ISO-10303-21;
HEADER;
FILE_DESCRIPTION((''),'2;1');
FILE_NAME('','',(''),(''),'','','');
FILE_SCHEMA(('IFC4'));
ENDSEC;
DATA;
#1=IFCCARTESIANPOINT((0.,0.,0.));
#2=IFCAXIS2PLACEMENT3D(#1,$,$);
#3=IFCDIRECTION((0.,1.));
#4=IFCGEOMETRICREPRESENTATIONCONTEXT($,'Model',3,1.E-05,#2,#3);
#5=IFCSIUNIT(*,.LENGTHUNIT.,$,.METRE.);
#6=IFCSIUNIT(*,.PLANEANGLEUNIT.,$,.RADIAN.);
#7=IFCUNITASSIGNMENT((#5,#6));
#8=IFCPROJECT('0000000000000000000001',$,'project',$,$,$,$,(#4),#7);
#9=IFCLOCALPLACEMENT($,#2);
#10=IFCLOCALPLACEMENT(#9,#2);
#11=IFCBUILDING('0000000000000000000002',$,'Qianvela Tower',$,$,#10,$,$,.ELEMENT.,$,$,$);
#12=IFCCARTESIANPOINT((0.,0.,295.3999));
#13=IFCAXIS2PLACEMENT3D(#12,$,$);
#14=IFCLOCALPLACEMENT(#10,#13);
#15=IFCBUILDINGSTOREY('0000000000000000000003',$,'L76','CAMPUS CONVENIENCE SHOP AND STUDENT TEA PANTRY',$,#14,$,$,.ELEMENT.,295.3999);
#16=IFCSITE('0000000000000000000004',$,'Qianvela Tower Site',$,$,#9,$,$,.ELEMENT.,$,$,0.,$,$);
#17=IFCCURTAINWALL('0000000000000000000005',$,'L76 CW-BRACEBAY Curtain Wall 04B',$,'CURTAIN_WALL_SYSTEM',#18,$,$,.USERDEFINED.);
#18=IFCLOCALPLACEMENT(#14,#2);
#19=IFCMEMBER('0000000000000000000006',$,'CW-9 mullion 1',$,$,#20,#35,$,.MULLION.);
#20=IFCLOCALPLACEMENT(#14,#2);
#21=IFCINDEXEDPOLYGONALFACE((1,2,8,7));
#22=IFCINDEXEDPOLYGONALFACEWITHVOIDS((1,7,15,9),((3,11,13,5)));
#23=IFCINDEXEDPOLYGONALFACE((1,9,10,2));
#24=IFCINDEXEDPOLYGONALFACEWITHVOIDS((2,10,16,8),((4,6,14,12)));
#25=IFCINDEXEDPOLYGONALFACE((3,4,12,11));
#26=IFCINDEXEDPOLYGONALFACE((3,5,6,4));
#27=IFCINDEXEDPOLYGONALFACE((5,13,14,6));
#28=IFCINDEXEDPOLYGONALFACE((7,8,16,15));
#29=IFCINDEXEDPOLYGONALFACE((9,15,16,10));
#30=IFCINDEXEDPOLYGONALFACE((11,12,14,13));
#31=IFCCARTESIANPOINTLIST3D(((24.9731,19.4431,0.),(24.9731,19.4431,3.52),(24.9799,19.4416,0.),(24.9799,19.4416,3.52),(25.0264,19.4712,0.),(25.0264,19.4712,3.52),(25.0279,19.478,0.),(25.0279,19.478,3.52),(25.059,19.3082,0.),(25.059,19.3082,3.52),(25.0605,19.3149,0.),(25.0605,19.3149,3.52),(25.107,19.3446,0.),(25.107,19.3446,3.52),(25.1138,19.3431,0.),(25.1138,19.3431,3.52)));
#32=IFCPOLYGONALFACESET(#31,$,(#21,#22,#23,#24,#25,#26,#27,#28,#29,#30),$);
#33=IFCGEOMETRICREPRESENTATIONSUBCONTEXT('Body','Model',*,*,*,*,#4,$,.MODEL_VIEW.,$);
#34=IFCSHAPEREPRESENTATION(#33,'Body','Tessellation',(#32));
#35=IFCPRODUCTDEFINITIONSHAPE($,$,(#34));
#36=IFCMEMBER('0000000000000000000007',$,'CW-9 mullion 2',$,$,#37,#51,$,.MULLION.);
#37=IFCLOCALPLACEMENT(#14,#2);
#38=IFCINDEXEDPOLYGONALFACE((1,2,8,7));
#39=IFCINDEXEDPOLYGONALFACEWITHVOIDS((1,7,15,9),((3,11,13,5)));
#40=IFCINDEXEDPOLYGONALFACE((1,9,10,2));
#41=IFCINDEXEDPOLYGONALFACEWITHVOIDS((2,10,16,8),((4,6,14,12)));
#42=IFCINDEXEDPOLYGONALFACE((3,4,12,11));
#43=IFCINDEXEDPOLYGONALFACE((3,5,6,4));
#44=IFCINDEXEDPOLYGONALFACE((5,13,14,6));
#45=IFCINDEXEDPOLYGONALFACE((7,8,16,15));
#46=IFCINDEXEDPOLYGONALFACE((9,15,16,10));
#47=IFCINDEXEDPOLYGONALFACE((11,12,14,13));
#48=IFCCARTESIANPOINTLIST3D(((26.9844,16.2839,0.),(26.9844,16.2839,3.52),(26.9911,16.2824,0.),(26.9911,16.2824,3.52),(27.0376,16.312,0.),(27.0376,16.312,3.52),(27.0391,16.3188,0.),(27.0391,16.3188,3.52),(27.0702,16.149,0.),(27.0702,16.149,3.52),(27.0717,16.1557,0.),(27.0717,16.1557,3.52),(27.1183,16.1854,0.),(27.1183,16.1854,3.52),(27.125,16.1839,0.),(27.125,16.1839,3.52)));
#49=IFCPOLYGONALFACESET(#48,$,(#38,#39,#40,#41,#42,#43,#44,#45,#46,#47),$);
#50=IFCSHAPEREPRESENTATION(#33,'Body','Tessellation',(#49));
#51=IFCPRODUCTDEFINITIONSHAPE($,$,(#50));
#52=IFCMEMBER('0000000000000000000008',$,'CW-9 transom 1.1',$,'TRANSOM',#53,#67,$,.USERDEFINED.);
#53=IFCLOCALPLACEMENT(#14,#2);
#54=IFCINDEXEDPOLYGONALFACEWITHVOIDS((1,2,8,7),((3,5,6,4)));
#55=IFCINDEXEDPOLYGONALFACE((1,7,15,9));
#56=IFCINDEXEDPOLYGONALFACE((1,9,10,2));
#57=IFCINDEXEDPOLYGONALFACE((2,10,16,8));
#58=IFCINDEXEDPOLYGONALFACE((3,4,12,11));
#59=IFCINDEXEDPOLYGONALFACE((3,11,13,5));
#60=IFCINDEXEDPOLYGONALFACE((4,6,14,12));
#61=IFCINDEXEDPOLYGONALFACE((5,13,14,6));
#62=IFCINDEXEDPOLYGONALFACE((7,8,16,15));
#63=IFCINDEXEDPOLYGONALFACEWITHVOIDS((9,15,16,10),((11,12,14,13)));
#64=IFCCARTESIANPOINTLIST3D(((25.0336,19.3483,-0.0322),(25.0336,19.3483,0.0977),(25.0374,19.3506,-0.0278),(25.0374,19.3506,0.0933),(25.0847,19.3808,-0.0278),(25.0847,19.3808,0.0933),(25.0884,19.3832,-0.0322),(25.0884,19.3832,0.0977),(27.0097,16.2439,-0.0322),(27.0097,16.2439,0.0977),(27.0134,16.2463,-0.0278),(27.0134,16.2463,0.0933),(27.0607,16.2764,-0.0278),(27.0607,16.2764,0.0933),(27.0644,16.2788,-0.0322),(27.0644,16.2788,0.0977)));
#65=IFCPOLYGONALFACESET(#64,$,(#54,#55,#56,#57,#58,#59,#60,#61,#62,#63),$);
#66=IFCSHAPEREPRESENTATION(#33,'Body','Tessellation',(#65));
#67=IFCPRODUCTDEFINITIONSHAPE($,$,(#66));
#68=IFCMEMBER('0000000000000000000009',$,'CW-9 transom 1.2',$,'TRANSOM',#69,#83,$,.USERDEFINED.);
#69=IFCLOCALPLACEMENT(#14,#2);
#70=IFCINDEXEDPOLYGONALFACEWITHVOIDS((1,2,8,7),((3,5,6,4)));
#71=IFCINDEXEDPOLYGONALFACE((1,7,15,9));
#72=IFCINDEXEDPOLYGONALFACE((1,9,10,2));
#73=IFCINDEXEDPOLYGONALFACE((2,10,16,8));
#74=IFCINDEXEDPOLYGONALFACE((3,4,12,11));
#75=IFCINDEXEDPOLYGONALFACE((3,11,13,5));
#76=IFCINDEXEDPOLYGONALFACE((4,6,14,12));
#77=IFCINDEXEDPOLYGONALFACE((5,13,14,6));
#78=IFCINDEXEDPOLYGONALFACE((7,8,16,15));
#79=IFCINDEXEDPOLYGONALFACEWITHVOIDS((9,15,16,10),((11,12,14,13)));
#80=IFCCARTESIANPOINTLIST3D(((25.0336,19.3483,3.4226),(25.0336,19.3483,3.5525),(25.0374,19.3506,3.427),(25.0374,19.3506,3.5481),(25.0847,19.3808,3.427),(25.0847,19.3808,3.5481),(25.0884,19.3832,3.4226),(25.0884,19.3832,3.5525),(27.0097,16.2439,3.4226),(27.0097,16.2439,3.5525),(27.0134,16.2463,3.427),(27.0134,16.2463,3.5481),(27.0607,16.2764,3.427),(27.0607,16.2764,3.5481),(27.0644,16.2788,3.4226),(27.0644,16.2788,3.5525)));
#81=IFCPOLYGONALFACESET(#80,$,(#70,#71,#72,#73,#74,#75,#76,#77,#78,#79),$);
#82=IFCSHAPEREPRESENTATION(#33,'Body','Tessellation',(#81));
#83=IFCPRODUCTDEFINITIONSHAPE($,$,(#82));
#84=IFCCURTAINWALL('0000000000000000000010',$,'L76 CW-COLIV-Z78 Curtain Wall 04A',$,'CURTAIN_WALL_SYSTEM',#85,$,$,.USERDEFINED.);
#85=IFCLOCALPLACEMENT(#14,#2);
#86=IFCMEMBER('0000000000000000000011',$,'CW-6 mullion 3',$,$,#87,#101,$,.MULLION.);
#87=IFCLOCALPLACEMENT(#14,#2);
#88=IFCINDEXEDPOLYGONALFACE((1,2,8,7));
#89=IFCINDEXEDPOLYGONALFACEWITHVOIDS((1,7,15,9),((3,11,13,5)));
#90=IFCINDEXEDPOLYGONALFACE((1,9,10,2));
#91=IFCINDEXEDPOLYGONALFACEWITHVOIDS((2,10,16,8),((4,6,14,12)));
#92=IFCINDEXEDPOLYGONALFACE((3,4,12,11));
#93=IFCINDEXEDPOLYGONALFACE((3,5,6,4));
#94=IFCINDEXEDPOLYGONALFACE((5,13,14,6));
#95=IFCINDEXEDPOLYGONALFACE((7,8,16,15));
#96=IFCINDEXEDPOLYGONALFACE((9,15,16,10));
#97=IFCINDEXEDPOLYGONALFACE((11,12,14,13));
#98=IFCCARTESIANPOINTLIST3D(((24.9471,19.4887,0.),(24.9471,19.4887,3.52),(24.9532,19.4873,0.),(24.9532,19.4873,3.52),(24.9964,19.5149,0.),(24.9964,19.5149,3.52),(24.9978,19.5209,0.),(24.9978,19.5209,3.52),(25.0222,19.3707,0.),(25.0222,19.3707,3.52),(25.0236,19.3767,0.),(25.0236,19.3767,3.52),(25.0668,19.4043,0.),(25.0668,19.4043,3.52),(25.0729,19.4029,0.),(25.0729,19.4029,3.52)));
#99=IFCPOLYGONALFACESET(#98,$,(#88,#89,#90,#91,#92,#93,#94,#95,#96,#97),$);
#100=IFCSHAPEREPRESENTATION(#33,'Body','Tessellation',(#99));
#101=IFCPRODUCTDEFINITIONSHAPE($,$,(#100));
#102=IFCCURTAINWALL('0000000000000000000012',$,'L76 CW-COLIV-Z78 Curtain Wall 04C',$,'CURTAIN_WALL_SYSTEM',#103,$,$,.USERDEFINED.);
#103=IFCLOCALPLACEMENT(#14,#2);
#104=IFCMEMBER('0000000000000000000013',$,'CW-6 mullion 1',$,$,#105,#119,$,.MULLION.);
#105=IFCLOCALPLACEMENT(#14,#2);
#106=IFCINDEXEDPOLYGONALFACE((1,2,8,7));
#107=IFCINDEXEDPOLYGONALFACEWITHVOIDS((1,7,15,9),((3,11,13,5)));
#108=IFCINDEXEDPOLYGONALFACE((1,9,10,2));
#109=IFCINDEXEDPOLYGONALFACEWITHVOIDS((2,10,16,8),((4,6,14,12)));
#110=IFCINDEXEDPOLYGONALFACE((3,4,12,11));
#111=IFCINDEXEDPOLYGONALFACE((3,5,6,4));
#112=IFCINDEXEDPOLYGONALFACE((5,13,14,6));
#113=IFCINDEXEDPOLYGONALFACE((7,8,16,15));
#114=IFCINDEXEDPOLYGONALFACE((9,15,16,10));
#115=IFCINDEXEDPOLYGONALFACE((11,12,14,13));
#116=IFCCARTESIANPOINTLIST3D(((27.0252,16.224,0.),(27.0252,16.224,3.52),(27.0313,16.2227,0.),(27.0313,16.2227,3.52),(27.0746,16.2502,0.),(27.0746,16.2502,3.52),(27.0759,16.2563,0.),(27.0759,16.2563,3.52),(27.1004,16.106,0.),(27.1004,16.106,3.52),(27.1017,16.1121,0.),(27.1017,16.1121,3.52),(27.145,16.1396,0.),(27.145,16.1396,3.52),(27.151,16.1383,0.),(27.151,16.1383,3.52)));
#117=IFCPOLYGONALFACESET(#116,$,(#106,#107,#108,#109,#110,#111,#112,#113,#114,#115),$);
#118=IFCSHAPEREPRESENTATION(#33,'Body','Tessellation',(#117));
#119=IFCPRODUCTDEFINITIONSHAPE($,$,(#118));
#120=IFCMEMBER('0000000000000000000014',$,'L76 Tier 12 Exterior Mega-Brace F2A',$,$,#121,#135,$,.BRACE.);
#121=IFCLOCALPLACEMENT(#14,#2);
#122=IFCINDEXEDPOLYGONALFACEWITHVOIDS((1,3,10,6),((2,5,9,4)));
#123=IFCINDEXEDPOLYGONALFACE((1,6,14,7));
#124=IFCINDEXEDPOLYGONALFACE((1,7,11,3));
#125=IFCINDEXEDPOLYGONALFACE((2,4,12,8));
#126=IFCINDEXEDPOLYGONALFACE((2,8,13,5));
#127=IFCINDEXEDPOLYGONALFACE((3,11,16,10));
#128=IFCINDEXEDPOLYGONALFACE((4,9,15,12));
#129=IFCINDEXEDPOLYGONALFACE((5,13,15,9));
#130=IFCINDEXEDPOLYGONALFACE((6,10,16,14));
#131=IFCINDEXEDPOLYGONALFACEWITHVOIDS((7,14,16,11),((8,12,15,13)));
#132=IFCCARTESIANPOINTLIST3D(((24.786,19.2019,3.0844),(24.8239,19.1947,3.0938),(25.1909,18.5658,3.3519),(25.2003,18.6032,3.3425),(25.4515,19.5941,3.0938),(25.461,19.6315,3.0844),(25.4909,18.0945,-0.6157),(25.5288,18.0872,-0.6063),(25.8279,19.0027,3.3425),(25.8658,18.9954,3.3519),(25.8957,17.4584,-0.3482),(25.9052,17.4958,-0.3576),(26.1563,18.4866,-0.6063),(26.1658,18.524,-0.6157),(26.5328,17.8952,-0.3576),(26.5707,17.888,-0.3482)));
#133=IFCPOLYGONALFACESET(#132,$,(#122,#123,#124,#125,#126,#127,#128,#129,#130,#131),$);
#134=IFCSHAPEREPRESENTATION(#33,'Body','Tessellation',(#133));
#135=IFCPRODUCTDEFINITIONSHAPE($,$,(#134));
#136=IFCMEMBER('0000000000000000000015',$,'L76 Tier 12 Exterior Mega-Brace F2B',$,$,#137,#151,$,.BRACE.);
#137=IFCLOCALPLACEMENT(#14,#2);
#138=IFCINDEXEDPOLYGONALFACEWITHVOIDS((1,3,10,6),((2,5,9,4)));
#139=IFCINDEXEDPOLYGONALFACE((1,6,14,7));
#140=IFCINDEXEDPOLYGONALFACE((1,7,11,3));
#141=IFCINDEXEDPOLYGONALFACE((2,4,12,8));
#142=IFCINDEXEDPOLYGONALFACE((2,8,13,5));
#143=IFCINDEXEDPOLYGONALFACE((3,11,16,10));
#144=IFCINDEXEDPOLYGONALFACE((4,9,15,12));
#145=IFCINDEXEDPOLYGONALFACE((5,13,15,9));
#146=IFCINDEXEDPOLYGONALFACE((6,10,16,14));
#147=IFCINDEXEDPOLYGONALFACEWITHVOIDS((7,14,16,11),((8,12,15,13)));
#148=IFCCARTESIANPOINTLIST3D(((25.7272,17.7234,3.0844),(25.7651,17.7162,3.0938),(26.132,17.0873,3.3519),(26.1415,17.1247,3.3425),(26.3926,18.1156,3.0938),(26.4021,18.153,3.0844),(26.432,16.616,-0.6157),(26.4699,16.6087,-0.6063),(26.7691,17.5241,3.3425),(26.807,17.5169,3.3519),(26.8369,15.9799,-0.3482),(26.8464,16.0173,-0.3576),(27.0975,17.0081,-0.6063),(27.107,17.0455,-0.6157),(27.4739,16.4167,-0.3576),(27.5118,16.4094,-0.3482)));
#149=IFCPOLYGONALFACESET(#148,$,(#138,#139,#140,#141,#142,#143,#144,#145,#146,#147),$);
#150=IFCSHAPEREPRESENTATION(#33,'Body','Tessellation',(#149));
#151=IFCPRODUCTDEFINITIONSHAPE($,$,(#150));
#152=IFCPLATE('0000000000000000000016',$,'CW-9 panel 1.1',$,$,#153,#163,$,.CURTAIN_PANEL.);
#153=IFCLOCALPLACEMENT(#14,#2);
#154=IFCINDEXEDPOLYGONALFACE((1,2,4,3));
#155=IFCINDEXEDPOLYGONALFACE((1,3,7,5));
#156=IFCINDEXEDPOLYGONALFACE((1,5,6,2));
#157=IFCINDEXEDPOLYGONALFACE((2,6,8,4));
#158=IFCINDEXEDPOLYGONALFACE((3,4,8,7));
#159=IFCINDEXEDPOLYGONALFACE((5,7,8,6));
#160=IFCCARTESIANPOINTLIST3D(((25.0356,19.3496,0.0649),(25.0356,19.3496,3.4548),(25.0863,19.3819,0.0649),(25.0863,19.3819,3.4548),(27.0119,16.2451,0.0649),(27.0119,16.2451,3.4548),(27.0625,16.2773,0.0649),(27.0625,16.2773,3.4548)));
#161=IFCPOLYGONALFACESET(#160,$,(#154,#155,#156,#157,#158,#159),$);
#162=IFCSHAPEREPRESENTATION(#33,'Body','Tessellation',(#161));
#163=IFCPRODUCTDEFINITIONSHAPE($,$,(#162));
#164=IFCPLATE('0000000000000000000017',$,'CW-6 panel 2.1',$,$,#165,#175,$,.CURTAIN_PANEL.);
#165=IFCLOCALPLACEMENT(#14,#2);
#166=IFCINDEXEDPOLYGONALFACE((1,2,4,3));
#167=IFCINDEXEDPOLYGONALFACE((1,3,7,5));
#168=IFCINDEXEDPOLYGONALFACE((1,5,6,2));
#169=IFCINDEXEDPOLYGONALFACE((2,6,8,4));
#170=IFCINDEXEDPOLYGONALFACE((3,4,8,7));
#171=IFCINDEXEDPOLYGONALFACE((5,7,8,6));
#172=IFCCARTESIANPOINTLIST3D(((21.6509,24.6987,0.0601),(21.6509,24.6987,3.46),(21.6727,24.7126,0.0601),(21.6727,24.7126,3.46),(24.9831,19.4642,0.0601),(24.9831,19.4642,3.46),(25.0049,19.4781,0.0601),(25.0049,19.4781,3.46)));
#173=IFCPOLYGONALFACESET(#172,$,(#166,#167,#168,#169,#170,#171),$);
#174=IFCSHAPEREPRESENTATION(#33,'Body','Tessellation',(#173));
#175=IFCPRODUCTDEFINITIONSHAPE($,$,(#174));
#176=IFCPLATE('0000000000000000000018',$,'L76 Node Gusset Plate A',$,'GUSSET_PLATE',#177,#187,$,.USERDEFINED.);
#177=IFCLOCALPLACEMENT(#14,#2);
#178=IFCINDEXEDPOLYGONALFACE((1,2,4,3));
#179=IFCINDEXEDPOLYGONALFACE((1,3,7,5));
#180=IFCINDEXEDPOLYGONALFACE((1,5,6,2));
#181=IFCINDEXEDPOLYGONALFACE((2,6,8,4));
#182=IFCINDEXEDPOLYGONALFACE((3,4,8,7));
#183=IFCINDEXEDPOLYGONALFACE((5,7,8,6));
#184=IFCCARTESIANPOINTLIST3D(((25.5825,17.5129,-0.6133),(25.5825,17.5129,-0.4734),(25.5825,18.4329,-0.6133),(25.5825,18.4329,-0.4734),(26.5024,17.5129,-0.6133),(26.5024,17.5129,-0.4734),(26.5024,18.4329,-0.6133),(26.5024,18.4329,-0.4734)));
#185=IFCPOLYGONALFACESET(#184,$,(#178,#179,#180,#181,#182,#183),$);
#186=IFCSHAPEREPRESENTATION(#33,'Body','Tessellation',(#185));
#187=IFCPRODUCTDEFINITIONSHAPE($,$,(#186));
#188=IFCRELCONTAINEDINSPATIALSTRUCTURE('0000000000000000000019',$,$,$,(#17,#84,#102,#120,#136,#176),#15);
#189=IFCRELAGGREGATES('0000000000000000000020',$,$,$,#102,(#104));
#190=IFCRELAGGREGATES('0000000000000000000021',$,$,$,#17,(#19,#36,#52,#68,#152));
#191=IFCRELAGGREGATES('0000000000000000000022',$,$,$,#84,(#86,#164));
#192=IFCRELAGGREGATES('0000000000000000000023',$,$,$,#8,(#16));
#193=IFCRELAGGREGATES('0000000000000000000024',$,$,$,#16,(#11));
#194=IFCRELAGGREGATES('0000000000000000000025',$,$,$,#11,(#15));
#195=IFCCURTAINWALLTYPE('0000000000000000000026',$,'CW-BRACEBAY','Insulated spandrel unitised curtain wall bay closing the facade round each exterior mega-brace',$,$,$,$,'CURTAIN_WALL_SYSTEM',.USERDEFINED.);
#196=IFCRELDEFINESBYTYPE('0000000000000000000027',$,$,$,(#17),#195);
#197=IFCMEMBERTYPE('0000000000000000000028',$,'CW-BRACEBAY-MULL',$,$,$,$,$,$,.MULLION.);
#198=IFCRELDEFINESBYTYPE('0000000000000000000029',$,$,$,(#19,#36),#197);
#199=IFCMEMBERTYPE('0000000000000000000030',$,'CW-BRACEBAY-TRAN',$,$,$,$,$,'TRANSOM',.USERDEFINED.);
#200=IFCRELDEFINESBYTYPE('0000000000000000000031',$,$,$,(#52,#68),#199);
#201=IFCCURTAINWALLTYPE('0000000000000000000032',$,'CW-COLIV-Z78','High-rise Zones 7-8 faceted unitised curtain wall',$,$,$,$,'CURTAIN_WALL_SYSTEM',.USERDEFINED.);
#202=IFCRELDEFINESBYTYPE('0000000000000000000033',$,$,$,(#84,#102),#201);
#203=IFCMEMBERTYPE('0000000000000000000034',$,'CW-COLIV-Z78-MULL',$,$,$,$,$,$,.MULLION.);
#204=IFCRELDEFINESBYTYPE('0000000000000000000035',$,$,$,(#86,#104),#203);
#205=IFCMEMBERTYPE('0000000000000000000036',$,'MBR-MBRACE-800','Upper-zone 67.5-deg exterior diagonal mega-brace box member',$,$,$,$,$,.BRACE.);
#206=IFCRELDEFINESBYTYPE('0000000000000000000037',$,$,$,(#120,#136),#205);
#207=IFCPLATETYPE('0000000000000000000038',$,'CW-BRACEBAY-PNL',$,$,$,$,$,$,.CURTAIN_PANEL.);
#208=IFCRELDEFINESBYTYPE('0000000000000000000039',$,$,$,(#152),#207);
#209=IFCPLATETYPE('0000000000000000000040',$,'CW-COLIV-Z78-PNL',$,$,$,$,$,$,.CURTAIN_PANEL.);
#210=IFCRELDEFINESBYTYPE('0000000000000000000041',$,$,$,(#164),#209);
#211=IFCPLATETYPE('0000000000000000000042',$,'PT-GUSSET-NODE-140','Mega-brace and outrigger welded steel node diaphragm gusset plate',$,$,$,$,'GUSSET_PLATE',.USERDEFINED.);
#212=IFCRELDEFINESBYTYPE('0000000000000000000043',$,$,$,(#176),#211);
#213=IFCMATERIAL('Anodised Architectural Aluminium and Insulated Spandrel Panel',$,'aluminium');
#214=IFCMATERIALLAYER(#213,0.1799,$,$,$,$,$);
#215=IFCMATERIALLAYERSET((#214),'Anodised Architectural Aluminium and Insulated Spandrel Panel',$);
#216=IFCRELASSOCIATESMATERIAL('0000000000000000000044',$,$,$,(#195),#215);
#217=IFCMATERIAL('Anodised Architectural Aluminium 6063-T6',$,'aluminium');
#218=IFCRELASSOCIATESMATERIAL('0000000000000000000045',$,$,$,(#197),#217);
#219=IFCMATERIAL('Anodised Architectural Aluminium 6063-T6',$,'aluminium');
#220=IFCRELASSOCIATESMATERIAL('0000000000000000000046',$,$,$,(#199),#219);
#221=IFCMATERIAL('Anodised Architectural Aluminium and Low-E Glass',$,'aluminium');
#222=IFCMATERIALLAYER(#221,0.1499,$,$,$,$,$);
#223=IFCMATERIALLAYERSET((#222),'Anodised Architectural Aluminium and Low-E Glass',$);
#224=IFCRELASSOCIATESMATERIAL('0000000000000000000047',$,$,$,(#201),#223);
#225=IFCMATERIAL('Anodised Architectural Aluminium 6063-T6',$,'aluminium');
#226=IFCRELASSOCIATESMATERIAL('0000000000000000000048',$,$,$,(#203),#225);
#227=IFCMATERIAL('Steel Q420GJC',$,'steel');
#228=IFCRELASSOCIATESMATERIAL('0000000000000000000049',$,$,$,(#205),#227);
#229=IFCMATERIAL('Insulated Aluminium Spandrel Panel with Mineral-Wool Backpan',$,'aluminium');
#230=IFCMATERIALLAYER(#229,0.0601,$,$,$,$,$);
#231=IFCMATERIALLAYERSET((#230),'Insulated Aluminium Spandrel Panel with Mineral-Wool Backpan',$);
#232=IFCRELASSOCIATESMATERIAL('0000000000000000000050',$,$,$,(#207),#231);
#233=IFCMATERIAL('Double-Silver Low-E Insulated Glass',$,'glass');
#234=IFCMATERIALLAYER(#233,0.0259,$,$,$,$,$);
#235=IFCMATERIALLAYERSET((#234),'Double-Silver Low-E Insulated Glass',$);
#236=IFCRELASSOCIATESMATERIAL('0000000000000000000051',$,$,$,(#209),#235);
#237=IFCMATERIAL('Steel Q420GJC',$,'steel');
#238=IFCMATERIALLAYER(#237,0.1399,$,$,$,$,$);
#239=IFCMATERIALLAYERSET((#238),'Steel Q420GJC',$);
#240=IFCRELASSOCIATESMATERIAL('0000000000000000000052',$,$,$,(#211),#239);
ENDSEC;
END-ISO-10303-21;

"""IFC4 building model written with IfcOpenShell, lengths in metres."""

from ifc_helpers import new_model, si_unit, direction, frame, origin, origin_2d, place, context, subcontext, project, spatial, rectangle, hollow_rectangle, extrude, material, layer, layer_set, material_profile, profile_set, type_object, element, aggregate, save


model = new_model("IFC4")

# Units and contexts
model_context = context("Model", 3, precision=1e-05, world=origin(), true_north=direction((0.0, 1.0)))
body_context = subcontext(model_context, "Body", "Model", "MODEL_VIEW")
ifc_project = project(units=[si_unit("LENGTHUNIT", "METRE"), si_unit("PLANEANGLEUNIT", "RADIAN")], contexts=[model_context])

# Site, building, storey
site_placement = place(None, origin())
site = spatial("IfcSite", under=ifc_project, at=site_placement, Name="Qianvela Tower Site", CompositionType="ELEMENT", RefElevation=0.0)
building_placement = place(site_placement, origin())
building = spatial("IfcBuilding", under=site, at=building_placement, Name="Qianvela Tower", CompositionType="ELEMENT")
storey_placement = place(building_placement, frame((0.0, 0.0, 295.3999)))
storey = spatial("IfcBuildingStorey", under=building, at=storey_placement, Name="L76", Description="CAMPUS CONVENIENCE SHOP AND STUDENT TEA PANTRY", CompositionType="ELEMENT", Elevation=295.3999)

# Curtain wall, members
ifc_material_1 = material(Name="Anodised Architectural Aluminium and Insulated Spandrel Panel", Category="aluminium")
ifc_layer_1 = layer(ifc_material_1, 0.1799)
ifc_layer_set_1 = layer_set([ifc_layer_1], Name="Anodised Architectural Aluminium and Insulated Spandrel Panel")
curtain_wall_type_1 = type_object("IfcCurtainWallType", Name="CW-BRACEBAY", Description="Insulated spandrel unitised curtain wall bay closing the facade round each exterior mega-brace", ElementType="CURTAIN_WALL_SYSTEM", PredefinedType="USERDEFINED", material=ifc_layer_set_1)
curtain_wall_1_placement = place(storey_placement, origin())
curtain_wall_1 = element("IfcCurtainWall", 1, at=curtain_wall_1_placement, inside=storey, type_object=curtain_wall_type_1, Name="L76 CW-BRACEBAY Curtain Wall 04B", ObjectType="CURTAIN_WALL_SYSTEM", PredefinedType="USERDEFINED")
ifc_material_2 = material(Name="Anodised Architectural Aluminium 6063-T6", Category="aluminium")
ifc_material_profile_1 = material_profile(ifc_material_2, hollow_rectangle(XDim=0.0649, YDim=0.1599, WallThickness=0.0049, at=origin_2d()), Name="ALU-MULL-65x160")
ifc_profile_set_1 = profile_set([ifc_material_profile_1], Name="Anodised Architectural Aluminium 6063-T6")
member_type_1 = type_object("IfcMemberType", Name="CW-BRACEBAY-MULL", PredefinedType="MULLION", material=ifc_profile_set_1)
member_1_placement = place(storey_placement, frame((25.0435, 19.3931, 0.0), z_axis=(0.0, 0.0, 1.0), x_axis=(0.843583, 0.536999, 0.0)))
member_1 = element("IfcMember", 2, at=member_1_placement, type_object=member_type_1, Name="CW-9 mullion 1", PredefinedType="MULLION", context=body_context, shape_type="SweptSolid", body=[
    extrude(hollow_rectangle(XDim=0.0649, YDim=0.1599, WallThickness=0.0049, at=origin_2d()), origin(), (0.0, 0.0, 1.0), 3.52),
])
member_2_placement = place(storey_placement, frame((27.0547, 16.2339, 0.0), z_axis=(0.0, 0.0, 1.0), x_axis=(0.843583, 0.536999, 0.0)))
member_2 = element("IfcMember", 3, at=member_2_placement, type_object=member_type_1, Name="CW-9 mullion 2", PredefinedType="MULLION", context=body_context, shape_type="SweptSolid", body=[
    extrude(hollow_rectangle(XDim=0.0649, YDim=0.1599, WallThickness=0.0049, at=origin_2d()), origin(), (0.0, 0.0, 1.0), 3.52),
])
ifc_material_3 = material(Name="Anodised Architectural Aluminium 6063-T6", Category="aluminium")
ifc_material_profile_2 = material_profile(ifc_material_3, hollow_rectangle(XDim=0.0649, YDim=0.1299, WallThickness=0.0044, at=origin_2d()), Name="ALU-TRAN-65x130")
ifc_profile_set_2 = profile_set([ifc_material_profile_2], Name="Anodised Architectural Aluminium 6063-T6")
member_type_2 = type_object("IfcMemberType", Name="CW-BRACEBAY-TRAN", ElementType="TRANSOM", PredefinedType="USERDEFINED", material=ifc_profile_set_2)
member_3_placement = place(storey_placement, frame((25.061, 19.3657, 0.0327), z_axis=(0.53697, -0.843601, 0.0), x_axis=(0.843601, 0.53697, 0.0)))
member_3 = element("IfcMember", 4, at=member_3_placement, type_object=member_type_2, Name="CW-9 transom 1.1", ObjectType="TRANSOM", PredefinedType="USERDEFINED", context=body_context, shape_type="SweptSolid", body=[
    extrude(hollow_rectangle(XDim=0.0649, YDim=0.1299, WallThickness=0.0044, at=origin_2d()), origin(), (0.0, 0.0, 1.0), 3.6799),
])
member_4_placement = place(storey_placement, frame((25.061, 19.3657, 3.4875), z_axis=(0.53697, -0.843601, 0.0), x_axis=(0.843601, 0.53697, 0.0)))
member_4 = element("IfcMember", 5, at=member_4_placement, type_object=member_type_2, Name="CW-9 transom 1.2", ObjectType="TRANSOM", PredefinedType="USERDEFINED", context=body_context, shape_type="SweptSolid", body=[
    extrude(hollow_rectangle(XDim=0.0649, YDim=0.1299, WallThickness=0.0044, at=origin_2d()), origin(), (0.0, 0.0, 1.0), 3.6799),
])

# Curtain walls, members
ifc_material_4 = material(Name="Anodised Architectural Aluminium and Low-E Glass", Category="aluminium")
ifc_layer_2 = layer(ifc_material_4, 0.1499)
ifc_layer_set_2 = layer_set([ifc_layer_2], Name="Anodised Architectural Aluminium and Low-E Glass")
curtain_wall_type_2 = type_object("IfcCurtainWallType", Name="CW-COLIV-Z78", Description="High-rise Zones 7-8 faceted unitised curtain wall", ElementType="CURTAIN_WALL_SYSTEM", PredefinedType="USERDEFINED", material=ifc_layer_set_2)
curtain_wall_2_placement = place(storey_placement, origin())
curtain_wall_2 = element("IfcCurtainWall", 6, at=curtain_wall_2_placement, inside=storey, type_object=curtain_wall_type_2, Name="L76 CW-COLIV-Z78 Curtain Wall 04A", ObjectType="CURTAIN_WALL_SYSTEM", PredefinedType="USERDEFINED")
ifc_material_5 = material(Name="Anodised Architectural Aluminium 6063-T6", Category="aluminium")
ifc_material_profile_3 = material_profile(ifc_material_5, hollow_rectangle(XDim=0.0601, YDim=0.1399, WallThickness=0.0044, at=origin_2d()), Name="ALU-MULL-60x140")
ifc_profile_set_3 = profile_set([ifc_material_profile_3], Name="Anodised Architectural Aluminium 6063-T6")
member_type_3 = type_object("IfcMemberType", Name="CW-COLIV-Z78-MULL", PredefinedType="MULLION", material=ifc_profile_set_3)
member_5_placement = place(storey_placement, frame((25.01, 19.4458, 0.0), z_axis=(0.0, 0.0, 1.0), x_axis=(0.843577, 0.537008, 0.0)))
member_5 = element("IfcMember", 7, at=member_5_placement, type_object=member_type_3, Name="CW-6 mullion 3", PredefinedType="MULLION", context=body_context, shape_type="SweptSolid", body=[
    extrude(hollow_rectangle(XDim=0.0601, YDim=0.1399, WallThickness=0.0044, at=origin_2d()), origin(), (0.0, 0.0, 1.0), 3.52),
])
curtain_wall_3_placement = place(storey_placement, origin())
curtain_wall_3 = element("IfcCurtainWall", 8, at=curtain_wall_3_placement, inside=storey, type_object=curtain_wall_type_2, Name="L76 CW-COLIV-Z78 Curtain Wall 04C", ObjectType="CURTAIN_WALL_SYSTEM", PredefinedType="USERDEFINED")
member_6_placement = place(storey_placement, frame((27.0881, 16.1812, 0.0), z_axis=(0.0, 0.0, 1.0), x_axis=(0.84358, 0.537003, 0.0)))
member_6 = element("IfcMember", 9, at=member_6_placement, type_object=member_type_3, Name="CW-6 mullion 1", PredefinedType="MULLION", context=body_context, shape_type="SweptSolid", body=[
    extrude(hollow_rectangle(XDim=0.0601, YDim=0.1399, WallThickness=0.0044, at=origin_2d()), origin(), (0.0, 0.0, 1.0), 3.52),
])
aggregate(curtain_wall_3, [member_6])

# Members
ifc_material_6 = material(Name="Steel Q420GJC", Category="steel")
ifc_material_profile_4 = material_profile(ifc_material_6, hollow_rectangle(XDim=0.8, YDim=0.8, WallThickness=0.0281, at=origin_2d()), Name="MBOX-800x800x28")
ifc_profile_set_4 = profile_set([ifc_material_profile_4], Name="Steel Q420GJC")
member_type_4 = type_object("IfcMemberType", Name="MBR-MBRACE-800", Description="Upper-zone 67.5-deg exterior diagonal mega-brace box member", PredefinedType="BRACE", material=ifc_profile_set_4)
for number, where, z_axis, x_axis, name in (
    (10, (26.0308, 17.9912, -0.4819), (-0.179534, 0.28208, 0.942443), (-0.843623, -0.536936, 0.0), "L76 Tier 12 Exterior Mega-Brace F2A"),
    (11, (26.9719, 16.5127, -0.4819), (-0.179534, 0.28208, 0.942443), (-0.843623, -0.536936, 0.0), "L76 Tier 12 Exterior Mega-Brace F2B"),
):
    element("IfcMember", number, at=place(storey_placement, frame(where, z_axis=z_axis, x_axis=x_axis)), inside=storey, type_object=member_type_4, Name=name, PredefinedType="BRACE", context=body_context, shape_type="SweptSolid", body=[
        extrude(hollow_rectangle(XDim=0.8, YDim=0.8, WallThickness=0.0281, at=origin_2d()), origin(), (0.0, 0.0, 1.0), 3.926),
    ])

# Plates
ifc_material_7 = material(Name="Insulated Aluminium Spandrel Panel with Mineral-Wool Backpan", Category="aluminium")
ifc_layer_3 = layer(ifc_material_7, 0.0601)
ifc_layer_set_3 = layer_set([ifc_layer_3], Name="Insulated Aluminium Spandrel Panel with Mineral-Wool Backpan")
plate_type_1 = type_object("IfcPlateType", Name="CW-BRACEBAY-PNL", PredefinedType="CURTAIN_PANEL", material=ifc_layer_set_3)
plate_1_placement = place(storey_placement, frame((26.0491, 17.8135, 0.0649), z_axis=(0.0, 0.0, 1.0), x_axis=(0.536999, -0.843583, 0.0)))
plate_1 = element("IfcPlate", 12, at=plate_1_placement, type_object=plate_type_1, Name="CW-9 panel 1.1", PredefinedType="CURTAIN_PANEL", context=body_context, shape_type="SweptSolid", body=[
    extrude(rectangle(XDim=3.6802, YDim=0.0601, at=origin_2d()), origin(), (0.0, 0.0, 1.0), 3.3899),
])
aggregate(curtain_wall_1, [member_1, member_2, member_3, member_4, plate_1])
ifc_material_8 = material(Name="Double-Silver Low-E Insulated Glass", Category="glass")
ifc_layer_4 = layer(ifc_material_8, 0.0259)
ifc_layer_set_4 = layer_set([ifc_layer_4], Name="Double-Silver Low-E Insulated Glass")
plate_type_2 = type_object("IfcPlateType", Name="CW-COLIV-Z78-PNL", PredefinedType="CURTAIN_PANEL", material=ifc_layer_set_4)
plate_2_placement = place(storey_placement, frame((23.3279, 22.0884, 0.0601), z_axis=(0.0, 0.0, 1.0), x_axis=(0.537008, -0.843577, 0.0)))
plate_2 = element("IfcPlate", 13, at=plate_2_placement, type_object=plate_type_2, Name="CW-6 panel 2.1", PredefinedType="CURTAIN_PANEL", context=body_context, shape_type="SweptSolid", body=[
    extrude(rectangle(XDim=6.2051, YDim=0.0259, at=origin_2d()), origin(), (0.0, 0.0, 1.0), 3.3999),
])
aggregate(curtain_wall_2, [member_5, plate_2])

# Plate
ifc_material_9 = material(Name="Steel Q420GJC", Category="steel")
ifc_layer_5 = layer(ifc_material_9, 0.1399)
ifc_layer_set_5 = layer_set([ifc_layer_5], Name="Steel Q420GJC")
plate_type_3 = type_object("IfcPlateType", Name="PT-GUSSET-NODE-140", Description="Mega-brace and outrigger welded steel node diaphragm gusset plate", ElementType="GUSSET_PLATE", PredefinedType="USERDEFINED", material=ifc_layer_set_5)
for number, where, z_axis, x_axis, name in (
    (14, (26.0425, 17.9729, -0.6133), (0.0, 0.0, 1.0), (1.0, 0.0, 0.0), "L76 Node Gusset Plate A"),
):
    element("IfcPlate", number, at=place(storey_placement, frame(where, z_axis=z_axis, x_axis=x_axis)), inside=storey, type_object=plate_type_3, Name=name, ObjectType="GUSSET_PLATE", PredefinedType="USERDEFINED", context=body_context, shape_type="SweptSolid", body=[
        extrude(rectangle(XDim=0.9199, YDim=0.9199, at=origin_2d()), origin(), (0.0, 0.0, 1.0), 0.1399),
    ])

save(model, "model.ifc")
